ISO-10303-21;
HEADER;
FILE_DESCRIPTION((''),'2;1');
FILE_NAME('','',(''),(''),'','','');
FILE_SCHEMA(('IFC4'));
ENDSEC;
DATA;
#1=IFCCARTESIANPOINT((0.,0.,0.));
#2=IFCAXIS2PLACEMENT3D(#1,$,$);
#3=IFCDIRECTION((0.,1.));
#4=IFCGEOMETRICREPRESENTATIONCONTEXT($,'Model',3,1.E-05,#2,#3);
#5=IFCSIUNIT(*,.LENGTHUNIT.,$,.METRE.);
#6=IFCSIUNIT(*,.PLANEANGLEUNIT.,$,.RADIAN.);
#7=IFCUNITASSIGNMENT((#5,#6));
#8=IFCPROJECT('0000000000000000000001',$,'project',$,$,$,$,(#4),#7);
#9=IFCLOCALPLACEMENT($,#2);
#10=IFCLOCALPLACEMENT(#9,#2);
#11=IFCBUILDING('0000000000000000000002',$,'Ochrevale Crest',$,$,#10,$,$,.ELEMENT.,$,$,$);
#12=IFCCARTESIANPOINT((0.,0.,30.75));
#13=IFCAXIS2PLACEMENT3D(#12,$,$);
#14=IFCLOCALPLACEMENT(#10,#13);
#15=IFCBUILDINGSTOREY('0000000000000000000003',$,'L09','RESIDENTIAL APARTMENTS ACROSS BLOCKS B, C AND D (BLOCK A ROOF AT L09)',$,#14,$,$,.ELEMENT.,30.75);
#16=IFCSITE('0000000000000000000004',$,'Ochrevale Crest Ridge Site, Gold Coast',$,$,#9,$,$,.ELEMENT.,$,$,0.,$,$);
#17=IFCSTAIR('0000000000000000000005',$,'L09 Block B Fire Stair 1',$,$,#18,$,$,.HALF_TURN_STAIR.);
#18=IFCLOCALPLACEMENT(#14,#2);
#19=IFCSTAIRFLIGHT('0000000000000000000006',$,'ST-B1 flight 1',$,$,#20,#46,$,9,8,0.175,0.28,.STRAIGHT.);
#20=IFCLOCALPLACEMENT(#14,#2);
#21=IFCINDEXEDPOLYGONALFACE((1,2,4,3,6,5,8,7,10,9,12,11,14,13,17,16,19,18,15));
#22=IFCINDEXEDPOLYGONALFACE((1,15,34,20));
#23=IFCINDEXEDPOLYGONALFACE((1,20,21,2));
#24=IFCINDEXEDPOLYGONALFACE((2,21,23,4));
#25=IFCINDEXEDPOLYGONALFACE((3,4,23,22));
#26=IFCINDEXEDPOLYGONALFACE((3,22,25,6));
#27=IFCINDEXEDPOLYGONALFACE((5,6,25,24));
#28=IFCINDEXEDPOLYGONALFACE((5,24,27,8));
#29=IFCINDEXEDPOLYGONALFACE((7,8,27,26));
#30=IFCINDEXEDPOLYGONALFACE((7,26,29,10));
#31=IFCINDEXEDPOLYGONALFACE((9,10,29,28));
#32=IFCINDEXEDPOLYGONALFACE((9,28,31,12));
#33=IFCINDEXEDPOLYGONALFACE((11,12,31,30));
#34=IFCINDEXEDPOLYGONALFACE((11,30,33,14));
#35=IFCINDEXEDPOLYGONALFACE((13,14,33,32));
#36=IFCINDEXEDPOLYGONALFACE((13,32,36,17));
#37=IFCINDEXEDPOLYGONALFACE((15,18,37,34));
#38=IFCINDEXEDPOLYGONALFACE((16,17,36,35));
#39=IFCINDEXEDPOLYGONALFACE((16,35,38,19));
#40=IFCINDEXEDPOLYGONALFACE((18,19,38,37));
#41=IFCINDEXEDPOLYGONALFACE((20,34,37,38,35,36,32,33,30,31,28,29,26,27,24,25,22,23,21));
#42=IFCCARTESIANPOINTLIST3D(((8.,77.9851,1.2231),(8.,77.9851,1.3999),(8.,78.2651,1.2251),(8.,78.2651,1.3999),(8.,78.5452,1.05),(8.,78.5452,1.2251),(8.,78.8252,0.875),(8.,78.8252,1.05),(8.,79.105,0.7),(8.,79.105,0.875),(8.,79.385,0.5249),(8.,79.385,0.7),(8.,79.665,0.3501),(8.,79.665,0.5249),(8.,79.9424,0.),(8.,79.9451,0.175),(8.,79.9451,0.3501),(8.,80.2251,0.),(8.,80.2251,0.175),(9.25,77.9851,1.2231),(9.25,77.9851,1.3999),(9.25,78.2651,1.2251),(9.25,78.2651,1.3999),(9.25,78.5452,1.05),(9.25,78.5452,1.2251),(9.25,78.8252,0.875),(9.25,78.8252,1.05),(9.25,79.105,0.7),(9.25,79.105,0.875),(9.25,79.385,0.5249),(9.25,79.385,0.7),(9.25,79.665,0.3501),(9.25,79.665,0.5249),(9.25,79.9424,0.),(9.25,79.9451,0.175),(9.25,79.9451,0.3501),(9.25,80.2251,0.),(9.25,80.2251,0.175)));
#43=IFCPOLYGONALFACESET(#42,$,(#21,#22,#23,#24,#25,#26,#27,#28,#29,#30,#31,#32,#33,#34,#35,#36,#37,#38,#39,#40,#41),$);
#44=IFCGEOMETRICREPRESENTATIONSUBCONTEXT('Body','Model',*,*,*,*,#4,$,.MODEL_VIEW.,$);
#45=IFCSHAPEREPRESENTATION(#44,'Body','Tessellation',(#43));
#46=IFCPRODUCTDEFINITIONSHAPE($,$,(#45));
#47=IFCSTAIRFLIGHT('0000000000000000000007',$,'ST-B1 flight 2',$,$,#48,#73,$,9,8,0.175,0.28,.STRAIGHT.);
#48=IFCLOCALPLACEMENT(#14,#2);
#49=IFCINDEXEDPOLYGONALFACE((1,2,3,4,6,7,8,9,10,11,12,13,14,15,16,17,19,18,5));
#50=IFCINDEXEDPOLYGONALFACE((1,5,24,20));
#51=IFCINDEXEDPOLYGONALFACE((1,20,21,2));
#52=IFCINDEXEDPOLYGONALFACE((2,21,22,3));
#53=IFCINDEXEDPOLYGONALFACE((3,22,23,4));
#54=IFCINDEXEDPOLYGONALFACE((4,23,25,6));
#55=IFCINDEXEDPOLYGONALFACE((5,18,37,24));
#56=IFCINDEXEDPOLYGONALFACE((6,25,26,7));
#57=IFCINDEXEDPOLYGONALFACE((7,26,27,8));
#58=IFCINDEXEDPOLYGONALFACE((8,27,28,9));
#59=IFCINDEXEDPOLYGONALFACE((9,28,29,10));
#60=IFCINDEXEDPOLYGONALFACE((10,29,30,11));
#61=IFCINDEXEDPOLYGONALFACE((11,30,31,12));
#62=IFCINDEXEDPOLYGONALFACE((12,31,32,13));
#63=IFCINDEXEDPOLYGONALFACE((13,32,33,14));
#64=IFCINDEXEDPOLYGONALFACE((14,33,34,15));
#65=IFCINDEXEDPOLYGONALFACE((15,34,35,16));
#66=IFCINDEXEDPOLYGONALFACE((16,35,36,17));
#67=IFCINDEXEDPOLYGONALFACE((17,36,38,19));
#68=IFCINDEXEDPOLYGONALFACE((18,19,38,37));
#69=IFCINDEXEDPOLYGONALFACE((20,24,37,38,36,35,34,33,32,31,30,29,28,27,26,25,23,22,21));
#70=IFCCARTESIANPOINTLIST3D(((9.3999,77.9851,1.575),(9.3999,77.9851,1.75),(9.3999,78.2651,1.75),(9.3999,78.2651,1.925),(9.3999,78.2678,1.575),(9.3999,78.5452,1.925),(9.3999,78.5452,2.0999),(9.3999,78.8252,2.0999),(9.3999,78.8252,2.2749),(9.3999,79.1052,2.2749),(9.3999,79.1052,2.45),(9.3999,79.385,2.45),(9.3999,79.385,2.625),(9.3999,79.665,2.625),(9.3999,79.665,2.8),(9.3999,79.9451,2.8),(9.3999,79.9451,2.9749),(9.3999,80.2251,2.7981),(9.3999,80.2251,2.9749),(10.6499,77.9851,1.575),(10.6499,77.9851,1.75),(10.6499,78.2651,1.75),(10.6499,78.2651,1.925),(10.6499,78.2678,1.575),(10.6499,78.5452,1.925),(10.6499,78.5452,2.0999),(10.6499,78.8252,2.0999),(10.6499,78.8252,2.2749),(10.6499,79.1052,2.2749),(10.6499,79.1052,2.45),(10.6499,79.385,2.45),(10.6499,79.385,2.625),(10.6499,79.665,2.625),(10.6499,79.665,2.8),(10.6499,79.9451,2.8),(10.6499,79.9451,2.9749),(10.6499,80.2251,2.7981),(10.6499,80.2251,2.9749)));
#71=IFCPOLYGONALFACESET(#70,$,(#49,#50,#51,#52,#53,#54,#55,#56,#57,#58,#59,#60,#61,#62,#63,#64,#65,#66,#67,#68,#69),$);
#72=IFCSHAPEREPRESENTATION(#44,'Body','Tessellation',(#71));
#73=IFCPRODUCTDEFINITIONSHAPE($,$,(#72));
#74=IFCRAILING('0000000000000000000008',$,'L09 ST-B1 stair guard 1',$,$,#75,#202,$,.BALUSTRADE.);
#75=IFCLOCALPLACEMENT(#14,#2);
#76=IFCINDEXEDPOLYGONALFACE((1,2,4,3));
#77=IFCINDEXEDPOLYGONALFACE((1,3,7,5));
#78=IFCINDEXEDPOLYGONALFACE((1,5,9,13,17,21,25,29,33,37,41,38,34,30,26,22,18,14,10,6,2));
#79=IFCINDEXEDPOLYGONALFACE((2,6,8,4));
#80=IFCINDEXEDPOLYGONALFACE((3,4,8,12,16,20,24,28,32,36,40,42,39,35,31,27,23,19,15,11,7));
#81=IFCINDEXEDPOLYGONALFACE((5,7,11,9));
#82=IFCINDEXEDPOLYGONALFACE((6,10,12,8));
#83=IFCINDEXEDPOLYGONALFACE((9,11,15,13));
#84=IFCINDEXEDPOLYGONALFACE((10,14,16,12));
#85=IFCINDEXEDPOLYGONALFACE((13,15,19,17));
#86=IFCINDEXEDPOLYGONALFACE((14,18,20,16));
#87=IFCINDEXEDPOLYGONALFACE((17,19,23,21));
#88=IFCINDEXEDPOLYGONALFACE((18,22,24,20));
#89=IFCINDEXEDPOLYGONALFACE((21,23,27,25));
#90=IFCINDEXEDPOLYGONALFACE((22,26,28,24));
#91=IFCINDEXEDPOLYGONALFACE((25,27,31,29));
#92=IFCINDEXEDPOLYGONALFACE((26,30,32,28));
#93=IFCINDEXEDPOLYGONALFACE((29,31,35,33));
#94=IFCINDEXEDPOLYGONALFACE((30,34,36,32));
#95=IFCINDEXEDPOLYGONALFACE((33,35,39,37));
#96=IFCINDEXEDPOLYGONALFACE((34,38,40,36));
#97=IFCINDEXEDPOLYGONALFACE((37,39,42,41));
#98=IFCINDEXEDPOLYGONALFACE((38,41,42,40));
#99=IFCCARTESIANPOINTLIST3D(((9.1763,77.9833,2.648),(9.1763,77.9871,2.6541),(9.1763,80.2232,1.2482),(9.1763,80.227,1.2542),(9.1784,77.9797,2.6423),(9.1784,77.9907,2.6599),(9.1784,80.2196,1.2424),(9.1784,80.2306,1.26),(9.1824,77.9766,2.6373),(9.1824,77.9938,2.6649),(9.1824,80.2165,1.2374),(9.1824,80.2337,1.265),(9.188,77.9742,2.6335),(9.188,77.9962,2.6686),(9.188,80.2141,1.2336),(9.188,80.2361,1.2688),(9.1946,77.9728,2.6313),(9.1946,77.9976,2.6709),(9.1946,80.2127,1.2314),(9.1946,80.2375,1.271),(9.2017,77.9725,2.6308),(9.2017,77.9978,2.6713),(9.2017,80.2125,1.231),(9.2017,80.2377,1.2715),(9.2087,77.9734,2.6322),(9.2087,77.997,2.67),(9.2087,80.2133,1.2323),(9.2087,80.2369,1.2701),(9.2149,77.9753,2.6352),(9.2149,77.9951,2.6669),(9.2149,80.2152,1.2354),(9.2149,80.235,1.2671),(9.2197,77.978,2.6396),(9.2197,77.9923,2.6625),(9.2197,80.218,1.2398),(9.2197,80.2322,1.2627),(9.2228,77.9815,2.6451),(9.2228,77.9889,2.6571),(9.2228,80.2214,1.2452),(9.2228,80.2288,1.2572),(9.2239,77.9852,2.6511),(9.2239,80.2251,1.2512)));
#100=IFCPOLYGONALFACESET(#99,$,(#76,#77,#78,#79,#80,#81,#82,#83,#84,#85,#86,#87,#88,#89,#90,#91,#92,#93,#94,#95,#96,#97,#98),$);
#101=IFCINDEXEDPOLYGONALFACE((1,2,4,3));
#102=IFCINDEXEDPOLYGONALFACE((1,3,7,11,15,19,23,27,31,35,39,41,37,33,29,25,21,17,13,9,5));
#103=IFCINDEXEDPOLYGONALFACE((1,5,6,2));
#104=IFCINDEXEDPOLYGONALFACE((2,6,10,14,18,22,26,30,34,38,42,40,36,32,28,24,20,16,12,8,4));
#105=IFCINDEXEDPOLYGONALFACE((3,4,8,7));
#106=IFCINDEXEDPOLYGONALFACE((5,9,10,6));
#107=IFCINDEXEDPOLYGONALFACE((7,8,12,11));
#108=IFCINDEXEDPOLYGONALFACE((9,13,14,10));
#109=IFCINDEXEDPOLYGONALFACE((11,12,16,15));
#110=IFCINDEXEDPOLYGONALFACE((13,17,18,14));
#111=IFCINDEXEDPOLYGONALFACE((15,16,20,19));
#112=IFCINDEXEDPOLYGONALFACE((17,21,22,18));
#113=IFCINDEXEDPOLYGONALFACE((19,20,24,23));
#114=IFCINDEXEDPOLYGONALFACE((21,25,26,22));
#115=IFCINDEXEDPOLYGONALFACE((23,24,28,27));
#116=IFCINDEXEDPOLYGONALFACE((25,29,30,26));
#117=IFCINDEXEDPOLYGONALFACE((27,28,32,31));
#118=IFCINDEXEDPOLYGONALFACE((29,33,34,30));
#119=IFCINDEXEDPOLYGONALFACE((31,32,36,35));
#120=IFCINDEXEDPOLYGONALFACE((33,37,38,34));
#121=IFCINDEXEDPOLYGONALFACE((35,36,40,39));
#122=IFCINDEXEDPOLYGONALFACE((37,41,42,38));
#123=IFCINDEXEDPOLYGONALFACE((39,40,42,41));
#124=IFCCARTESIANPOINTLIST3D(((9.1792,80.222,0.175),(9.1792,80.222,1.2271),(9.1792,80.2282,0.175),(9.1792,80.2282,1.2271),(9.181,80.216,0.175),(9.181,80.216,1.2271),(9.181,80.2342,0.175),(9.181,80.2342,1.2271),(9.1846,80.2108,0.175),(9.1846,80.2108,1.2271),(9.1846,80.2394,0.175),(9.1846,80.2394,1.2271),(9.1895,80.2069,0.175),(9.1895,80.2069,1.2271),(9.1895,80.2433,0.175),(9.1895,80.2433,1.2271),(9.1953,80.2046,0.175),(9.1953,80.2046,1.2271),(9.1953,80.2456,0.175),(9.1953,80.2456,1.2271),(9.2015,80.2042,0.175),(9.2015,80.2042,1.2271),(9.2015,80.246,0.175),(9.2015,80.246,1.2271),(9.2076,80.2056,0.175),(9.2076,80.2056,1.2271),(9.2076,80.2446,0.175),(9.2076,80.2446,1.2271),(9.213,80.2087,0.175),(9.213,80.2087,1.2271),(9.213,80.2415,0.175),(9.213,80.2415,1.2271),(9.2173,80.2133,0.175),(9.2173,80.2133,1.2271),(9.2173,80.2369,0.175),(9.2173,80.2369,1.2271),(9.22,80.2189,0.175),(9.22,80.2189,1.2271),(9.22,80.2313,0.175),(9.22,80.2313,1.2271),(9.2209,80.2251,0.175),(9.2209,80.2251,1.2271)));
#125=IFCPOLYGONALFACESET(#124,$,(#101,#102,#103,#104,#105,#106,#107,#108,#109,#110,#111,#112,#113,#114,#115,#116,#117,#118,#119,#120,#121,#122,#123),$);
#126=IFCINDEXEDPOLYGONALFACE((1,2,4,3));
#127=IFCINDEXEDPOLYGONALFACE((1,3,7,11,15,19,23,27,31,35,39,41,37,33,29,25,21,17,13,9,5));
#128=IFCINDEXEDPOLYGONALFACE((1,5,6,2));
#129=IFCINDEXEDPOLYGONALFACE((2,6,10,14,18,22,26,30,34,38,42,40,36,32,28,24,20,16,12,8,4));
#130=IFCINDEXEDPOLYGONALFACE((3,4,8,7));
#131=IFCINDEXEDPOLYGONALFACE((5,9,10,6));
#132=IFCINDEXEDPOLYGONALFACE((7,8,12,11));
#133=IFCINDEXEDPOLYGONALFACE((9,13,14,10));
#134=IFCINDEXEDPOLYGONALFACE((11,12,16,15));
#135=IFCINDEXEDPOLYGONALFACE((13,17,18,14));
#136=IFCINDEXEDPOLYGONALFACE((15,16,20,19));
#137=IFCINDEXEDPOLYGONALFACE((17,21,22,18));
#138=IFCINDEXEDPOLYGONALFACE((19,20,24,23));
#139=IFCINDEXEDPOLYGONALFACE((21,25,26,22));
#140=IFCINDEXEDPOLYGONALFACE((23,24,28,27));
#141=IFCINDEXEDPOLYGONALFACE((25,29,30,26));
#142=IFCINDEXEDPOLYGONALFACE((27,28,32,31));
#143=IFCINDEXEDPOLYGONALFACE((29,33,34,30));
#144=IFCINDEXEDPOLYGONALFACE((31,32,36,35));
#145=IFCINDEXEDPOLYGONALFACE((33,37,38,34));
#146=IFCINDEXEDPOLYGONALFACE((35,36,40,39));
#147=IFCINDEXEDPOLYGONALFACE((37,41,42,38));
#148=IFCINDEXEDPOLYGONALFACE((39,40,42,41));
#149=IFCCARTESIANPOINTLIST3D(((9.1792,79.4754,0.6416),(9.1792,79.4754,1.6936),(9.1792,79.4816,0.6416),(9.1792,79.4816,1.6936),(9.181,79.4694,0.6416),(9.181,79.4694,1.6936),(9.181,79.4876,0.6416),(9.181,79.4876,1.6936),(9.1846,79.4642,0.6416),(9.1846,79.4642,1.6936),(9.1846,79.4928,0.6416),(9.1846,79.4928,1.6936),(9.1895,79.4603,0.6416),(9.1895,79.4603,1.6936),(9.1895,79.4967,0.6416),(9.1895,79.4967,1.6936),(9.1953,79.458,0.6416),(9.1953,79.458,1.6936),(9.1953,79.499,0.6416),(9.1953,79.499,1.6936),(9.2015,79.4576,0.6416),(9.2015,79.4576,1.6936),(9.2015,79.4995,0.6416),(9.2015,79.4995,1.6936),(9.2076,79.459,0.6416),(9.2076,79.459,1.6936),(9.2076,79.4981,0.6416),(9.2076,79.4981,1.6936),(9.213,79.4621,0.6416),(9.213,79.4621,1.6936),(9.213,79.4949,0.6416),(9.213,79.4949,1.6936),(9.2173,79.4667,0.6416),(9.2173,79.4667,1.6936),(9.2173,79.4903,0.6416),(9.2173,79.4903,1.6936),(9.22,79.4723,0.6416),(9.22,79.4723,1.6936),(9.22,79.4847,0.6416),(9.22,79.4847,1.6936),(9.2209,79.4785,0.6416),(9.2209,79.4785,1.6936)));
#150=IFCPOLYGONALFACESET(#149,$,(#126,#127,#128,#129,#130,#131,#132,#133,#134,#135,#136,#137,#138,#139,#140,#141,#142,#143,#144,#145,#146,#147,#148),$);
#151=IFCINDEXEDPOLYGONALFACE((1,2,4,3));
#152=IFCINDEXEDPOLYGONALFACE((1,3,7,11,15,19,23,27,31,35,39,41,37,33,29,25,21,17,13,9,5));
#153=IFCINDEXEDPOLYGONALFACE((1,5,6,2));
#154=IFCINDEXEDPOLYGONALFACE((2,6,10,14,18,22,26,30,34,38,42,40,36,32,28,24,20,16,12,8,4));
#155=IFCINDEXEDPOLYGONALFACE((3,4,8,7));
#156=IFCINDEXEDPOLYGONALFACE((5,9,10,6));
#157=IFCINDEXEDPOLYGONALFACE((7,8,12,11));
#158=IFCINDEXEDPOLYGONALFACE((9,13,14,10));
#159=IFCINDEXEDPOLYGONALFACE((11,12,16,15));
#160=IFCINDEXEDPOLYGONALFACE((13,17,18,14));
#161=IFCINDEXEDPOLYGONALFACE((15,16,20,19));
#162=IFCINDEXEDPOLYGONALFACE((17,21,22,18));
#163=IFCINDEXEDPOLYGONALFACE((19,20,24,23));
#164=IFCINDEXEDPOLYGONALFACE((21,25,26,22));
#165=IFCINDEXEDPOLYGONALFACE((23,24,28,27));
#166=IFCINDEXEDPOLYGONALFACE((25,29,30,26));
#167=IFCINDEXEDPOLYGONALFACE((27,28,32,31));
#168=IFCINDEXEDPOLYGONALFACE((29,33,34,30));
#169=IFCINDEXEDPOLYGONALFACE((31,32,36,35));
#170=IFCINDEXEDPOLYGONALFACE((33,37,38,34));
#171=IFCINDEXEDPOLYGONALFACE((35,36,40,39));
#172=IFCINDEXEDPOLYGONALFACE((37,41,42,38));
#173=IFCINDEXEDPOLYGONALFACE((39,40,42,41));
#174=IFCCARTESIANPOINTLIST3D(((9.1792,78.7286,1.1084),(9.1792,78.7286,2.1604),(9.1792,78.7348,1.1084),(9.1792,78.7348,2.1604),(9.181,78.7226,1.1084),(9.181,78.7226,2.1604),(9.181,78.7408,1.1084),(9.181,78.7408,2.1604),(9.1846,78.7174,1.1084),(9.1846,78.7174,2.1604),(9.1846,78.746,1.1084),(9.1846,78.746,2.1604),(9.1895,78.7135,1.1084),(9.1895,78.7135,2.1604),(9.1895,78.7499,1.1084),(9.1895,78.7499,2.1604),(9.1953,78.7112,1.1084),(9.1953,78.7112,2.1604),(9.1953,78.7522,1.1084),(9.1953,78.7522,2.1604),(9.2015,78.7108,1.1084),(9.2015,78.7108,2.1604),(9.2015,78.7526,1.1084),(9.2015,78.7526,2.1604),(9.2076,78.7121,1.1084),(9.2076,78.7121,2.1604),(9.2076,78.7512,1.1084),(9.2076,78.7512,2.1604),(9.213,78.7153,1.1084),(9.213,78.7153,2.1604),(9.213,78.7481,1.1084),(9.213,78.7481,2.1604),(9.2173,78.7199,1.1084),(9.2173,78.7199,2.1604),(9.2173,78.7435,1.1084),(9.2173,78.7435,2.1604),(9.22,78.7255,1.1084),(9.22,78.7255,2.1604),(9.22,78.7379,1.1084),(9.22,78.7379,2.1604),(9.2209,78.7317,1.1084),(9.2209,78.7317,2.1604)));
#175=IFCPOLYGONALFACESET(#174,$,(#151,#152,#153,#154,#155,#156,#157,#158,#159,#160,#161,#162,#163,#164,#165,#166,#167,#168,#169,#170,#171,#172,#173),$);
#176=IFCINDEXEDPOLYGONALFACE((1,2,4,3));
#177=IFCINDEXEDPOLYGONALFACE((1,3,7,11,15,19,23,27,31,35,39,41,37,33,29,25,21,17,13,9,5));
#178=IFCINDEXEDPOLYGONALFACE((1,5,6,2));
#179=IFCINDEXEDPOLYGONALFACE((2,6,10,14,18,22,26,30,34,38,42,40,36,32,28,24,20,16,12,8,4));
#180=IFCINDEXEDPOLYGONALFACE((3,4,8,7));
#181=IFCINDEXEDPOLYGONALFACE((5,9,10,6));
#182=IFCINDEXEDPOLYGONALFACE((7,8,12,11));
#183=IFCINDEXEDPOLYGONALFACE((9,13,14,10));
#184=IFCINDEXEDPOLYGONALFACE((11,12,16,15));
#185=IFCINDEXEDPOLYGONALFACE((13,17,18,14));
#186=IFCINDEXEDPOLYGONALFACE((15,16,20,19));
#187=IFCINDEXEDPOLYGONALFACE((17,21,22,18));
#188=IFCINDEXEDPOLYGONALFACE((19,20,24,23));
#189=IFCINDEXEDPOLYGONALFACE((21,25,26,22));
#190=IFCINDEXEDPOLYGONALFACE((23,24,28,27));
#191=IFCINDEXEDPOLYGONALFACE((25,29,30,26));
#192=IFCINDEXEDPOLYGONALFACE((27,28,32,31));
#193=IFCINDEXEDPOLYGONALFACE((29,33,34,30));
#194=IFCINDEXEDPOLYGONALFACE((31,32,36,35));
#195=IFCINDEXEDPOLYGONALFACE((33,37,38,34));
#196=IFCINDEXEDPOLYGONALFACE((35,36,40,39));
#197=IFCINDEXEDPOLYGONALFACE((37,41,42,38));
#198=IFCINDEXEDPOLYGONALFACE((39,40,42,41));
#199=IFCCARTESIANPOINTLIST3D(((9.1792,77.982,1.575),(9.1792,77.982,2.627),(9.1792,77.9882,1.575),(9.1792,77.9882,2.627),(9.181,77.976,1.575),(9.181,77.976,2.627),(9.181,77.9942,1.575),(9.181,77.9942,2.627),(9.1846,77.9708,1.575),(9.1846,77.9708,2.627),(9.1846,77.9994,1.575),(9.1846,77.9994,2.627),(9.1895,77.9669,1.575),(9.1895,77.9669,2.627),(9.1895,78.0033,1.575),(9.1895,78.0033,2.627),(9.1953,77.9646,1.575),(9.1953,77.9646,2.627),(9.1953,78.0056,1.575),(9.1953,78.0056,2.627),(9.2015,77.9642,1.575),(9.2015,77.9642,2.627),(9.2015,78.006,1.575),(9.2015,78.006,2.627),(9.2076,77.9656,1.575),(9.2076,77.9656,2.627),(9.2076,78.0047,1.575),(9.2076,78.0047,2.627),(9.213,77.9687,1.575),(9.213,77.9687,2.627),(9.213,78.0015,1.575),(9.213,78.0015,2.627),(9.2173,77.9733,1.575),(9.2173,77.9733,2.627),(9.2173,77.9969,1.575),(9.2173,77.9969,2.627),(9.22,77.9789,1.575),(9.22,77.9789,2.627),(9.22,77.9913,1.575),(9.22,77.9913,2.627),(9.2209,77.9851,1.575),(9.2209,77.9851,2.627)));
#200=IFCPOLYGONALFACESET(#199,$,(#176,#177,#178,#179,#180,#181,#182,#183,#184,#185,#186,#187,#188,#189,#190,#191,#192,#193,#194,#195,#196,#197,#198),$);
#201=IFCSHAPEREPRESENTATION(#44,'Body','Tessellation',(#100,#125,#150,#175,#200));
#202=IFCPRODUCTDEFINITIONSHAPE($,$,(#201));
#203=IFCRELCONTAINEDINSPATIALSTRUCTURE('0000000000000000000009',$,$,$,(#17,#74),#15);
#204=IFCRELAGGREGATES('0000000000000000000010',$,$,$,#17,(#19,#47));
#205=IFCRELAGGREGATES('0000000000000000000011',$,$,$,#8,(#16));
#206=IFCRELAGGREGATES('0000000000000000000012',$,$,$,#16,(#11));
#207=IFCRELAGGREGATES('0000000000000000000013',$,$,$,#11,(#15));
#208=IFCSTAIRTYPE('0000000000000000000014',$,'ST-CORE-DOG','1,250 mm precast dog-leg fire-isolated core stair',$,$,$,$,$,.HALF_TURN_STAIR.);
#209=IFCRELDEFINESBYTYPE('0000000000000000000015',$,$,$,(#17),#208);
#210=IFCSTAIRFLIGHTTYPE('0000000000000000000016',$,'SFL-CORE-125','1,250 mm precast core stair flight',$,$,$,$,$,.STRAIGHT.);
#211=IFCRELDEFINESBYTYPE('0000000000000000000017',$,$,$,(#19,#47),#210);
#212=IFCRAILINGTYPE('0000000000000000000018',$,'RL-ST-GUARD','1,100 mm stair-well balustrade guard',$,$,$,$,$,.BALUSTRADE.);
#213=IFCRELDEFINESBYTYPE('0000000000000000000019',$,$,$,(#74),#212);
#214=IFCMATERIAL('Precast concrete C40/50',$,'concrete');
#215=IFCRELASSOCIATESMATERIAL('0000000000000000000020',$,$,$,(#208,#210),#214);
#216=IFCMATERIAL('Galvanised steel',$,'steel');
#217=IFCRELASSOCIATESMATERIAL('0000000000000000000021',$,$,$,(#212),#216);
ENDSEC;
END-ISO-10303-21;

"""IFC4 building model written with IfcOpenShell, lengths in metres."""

from ifc_helpers import new_model, si_unit, direction, frame, origin, origin_2d, place, context, subcontext, project, spatial, polyline, circle, outline, extrude, material, type_object, element, aggregate, save


model = new_model("IFC4")

# Units and contexts
model_context = context("Model", 3, precision=1e-05, world=origin(), true_north=direction((0.0, 1.0)))
body_context = subcontext(model_context, "Body", "Model", "MODEL_VIEW")
ifc_project = project(units=[si_unit("LENGTHUNIT", "METRE"), si_unit("PLANEANGLEUNIT", "RADIAN")], contexts=[model_context])

# Site, building, storey
site_placement = place(None, origin())
site = spatial("IfcSite", under=ifc_project, at=site_placement, Name="Ochrevale Crest Ridge Site, Gold Coast", CompositionType="ELEMENT", RefElevation=0.0)
building_placement = place(site_placement, origin())
building = spatial("IfcBuilding", under=site, at=building_placement, Name="Ochrevale Crest", CompositionType="ELEMENT")
storey_placement = place(building_placement, frame((0.0, 0.0, 30.75)))
storey = spatial("IfcBuildingStorey", under=building, at=storey_placement, Name="L09", Description="RESIDENTIAL APARTMENTS ACROSS BLOCKS B, C AND D (BLOCK A ROOF AT L09)", CompositionType="ELEMENT", Elevation=30.75)

# Stair, stair flights
ifc_material_1 = material(Name="Precast concrete C40/50", Category="concrete")
stair_type = type_object("IfcStairType", Name="ST-CORE-DOG", Description="1,250 mm precast dog-leg fire-isolated core stair", PredefinedType="HALF_TURN_STAIR", material=ifc_material_1)
stair_placement = place(storey_placement, origin())
stair = element("IfcStair", 1, at=stair_placement, inside=storey, type_object=stair_type, Name="L09 Block B Fire Stair 1", PredefinedType="HALF_TURN_STAIR")
stair_flight_type = type_object("IfcStairFlightType", Name="SFL-CORE-125", Description="1,250 mm precast core stair flight", PredefinedType="STRAIGHT", material=ifc_material_1)
stair_flight_1_placement = place(storey_placement, frame((8.625, 80.2251, 0.0), z_axis=(0.0, 0.0, 1.0), x_axis=(0.0, -1.0, 0.0)))
stair_flight_1 = element("IfcStairFlight", 2, at=stair_flight_1_placement, type_object=stair_flight_type, Name="ST-B1 flight 1", NumberOfRisers=9, NumberOfTreads=8, PredefinedType="STRAIGHT", RiserHeight=0.175, TreadLength=0.28, context=body_context, shape_type="SweptSolid", body=[
    extrude(outline(polyline([(0.0, 0.0), (0.0, 0.175), (0.28, 0.175), (0.28, 0.3501), (0.5601, 0.3501), (0.5601, 0.5249), (0.8401, 0.5249), (0.8401, 0.7), (1.1201, 0.7), (1.1201, 0.875), (1.3999, 0.875), (1.3999, 1.05), (1.6799, 1.05), (1.6799, 1.2251), (1.96, 1.2251), (1.96, 1.3999), (2.24, 1.3999), (2.24, 1.575), (2.24, 1.2231), (0.2827, 0.0), (0.0, 0.0)])), frame((0.0, 0.625, 0.0), z_axis=(0.0, -1.0, 0.0), x_axis=(1.0, 0.0, 0.0)), (0.0, 0.0, 1.0), 1.25),
])
stair_flight_2_placement = place(storey_placement, frame((10.0249, 77.9851, 1.575), z_axis=(0.0, 0.0, 1.0), x_axis=(0.0, 1.0, 0.0)))
stair_flight_2 = element("IfcStairFlight", 3, at=stair_flight_2_placement, type_object=stair_flight_type, Name="ST-B1 flight 2", NumberOfRisers=9, NumberOfTreads=8, PredefinedType="STRAIGHT", RiserHeight=0.175, TreadLength=0.28, context=body_context, shape_type="SweptSolid", body=[
    extrude(outline(polyline([(0.0, 0.0), (0.0, 0.175), (0.28, 0.175), (0.28, 0.3501), (0.5601, 0.3501), (0.5601, 0.5249), (0.8401, 0.5249), (0.8401, 0.7), (1.1201, 0.7), (1.1201, 0.875), (1.3999, 0.875), (1.3999, 1.05), (1.6799, 1.05), (1.6799, 1.2251), (1.96, 1.2251), (1.96, 1.3999), (2.24, 1.3999), (2.24, 1.575), (2.24, 1.2231), (0.2827, 0.0), (0.0, 0.0)])), frame((0.0, 0.625, 0.0), z_axis=(0.0, -1.0, 0.0), x_axis=(1.0, 0.0, 0.0)), (0.0, 0.0, 1.0), 1.25),
])
aggregate(stair, [stair_flight_1, stair_flight_2])

# Railing
ifc_material_2 = material(Name="Galvanised steel", Category="steel")
railing_type_1 = type_object("IfcRailingType", Name="RL-ST-GUARD", Description="1,100 mm stair-well balustrade guard", PredefinedType="BALUSTRADE", material=ifc_material_2)
railing_1_placement = place(storey_placement, frame((9.2, 80.2251, 0.175)))
element("IfcRailing", 4, at=railing_1_placement, inside=storey, type_object=railing_type_1, Name="L09 ST-B1 stair guard 1", PredefinedType="BALUSTRADE", context=body_context, shape_type="SweptSolid", body=[
    extrude(circle(Radius=0.0239, at=origin_2d()), frame((0.0, 0.0, 1.0762), z_axis=(0.0, -0.848014, 0.529974), x_axis=(1.0, 0.0, 0.0)), (0.0, 0.0, 1.0), 2.6414),
    extrude(circle(Radius=0.021, at=origin_2d()), origin(), (0.0, 0.0, 1.0), 1.052),
    extrude(circle(Radius=0.021, at=origin_2d()), frame((0.0, -0.7466, 0.4666)), (0.0, 0.0, 1.0), 1.052),
    extrude(circle(Radius=0.021, at=origin_2d()), frame((0.0, -1.4934, 0.9333)), (0.0, 0.0, 1.0), 1.052),
    extrude(circle(Radius=0.021, at=origin_2d()), frame((0.0, -2.24, 1.3999)), (0.0, 0.0, 1.0), 1.052),
])

save(model, "model.ifc")
